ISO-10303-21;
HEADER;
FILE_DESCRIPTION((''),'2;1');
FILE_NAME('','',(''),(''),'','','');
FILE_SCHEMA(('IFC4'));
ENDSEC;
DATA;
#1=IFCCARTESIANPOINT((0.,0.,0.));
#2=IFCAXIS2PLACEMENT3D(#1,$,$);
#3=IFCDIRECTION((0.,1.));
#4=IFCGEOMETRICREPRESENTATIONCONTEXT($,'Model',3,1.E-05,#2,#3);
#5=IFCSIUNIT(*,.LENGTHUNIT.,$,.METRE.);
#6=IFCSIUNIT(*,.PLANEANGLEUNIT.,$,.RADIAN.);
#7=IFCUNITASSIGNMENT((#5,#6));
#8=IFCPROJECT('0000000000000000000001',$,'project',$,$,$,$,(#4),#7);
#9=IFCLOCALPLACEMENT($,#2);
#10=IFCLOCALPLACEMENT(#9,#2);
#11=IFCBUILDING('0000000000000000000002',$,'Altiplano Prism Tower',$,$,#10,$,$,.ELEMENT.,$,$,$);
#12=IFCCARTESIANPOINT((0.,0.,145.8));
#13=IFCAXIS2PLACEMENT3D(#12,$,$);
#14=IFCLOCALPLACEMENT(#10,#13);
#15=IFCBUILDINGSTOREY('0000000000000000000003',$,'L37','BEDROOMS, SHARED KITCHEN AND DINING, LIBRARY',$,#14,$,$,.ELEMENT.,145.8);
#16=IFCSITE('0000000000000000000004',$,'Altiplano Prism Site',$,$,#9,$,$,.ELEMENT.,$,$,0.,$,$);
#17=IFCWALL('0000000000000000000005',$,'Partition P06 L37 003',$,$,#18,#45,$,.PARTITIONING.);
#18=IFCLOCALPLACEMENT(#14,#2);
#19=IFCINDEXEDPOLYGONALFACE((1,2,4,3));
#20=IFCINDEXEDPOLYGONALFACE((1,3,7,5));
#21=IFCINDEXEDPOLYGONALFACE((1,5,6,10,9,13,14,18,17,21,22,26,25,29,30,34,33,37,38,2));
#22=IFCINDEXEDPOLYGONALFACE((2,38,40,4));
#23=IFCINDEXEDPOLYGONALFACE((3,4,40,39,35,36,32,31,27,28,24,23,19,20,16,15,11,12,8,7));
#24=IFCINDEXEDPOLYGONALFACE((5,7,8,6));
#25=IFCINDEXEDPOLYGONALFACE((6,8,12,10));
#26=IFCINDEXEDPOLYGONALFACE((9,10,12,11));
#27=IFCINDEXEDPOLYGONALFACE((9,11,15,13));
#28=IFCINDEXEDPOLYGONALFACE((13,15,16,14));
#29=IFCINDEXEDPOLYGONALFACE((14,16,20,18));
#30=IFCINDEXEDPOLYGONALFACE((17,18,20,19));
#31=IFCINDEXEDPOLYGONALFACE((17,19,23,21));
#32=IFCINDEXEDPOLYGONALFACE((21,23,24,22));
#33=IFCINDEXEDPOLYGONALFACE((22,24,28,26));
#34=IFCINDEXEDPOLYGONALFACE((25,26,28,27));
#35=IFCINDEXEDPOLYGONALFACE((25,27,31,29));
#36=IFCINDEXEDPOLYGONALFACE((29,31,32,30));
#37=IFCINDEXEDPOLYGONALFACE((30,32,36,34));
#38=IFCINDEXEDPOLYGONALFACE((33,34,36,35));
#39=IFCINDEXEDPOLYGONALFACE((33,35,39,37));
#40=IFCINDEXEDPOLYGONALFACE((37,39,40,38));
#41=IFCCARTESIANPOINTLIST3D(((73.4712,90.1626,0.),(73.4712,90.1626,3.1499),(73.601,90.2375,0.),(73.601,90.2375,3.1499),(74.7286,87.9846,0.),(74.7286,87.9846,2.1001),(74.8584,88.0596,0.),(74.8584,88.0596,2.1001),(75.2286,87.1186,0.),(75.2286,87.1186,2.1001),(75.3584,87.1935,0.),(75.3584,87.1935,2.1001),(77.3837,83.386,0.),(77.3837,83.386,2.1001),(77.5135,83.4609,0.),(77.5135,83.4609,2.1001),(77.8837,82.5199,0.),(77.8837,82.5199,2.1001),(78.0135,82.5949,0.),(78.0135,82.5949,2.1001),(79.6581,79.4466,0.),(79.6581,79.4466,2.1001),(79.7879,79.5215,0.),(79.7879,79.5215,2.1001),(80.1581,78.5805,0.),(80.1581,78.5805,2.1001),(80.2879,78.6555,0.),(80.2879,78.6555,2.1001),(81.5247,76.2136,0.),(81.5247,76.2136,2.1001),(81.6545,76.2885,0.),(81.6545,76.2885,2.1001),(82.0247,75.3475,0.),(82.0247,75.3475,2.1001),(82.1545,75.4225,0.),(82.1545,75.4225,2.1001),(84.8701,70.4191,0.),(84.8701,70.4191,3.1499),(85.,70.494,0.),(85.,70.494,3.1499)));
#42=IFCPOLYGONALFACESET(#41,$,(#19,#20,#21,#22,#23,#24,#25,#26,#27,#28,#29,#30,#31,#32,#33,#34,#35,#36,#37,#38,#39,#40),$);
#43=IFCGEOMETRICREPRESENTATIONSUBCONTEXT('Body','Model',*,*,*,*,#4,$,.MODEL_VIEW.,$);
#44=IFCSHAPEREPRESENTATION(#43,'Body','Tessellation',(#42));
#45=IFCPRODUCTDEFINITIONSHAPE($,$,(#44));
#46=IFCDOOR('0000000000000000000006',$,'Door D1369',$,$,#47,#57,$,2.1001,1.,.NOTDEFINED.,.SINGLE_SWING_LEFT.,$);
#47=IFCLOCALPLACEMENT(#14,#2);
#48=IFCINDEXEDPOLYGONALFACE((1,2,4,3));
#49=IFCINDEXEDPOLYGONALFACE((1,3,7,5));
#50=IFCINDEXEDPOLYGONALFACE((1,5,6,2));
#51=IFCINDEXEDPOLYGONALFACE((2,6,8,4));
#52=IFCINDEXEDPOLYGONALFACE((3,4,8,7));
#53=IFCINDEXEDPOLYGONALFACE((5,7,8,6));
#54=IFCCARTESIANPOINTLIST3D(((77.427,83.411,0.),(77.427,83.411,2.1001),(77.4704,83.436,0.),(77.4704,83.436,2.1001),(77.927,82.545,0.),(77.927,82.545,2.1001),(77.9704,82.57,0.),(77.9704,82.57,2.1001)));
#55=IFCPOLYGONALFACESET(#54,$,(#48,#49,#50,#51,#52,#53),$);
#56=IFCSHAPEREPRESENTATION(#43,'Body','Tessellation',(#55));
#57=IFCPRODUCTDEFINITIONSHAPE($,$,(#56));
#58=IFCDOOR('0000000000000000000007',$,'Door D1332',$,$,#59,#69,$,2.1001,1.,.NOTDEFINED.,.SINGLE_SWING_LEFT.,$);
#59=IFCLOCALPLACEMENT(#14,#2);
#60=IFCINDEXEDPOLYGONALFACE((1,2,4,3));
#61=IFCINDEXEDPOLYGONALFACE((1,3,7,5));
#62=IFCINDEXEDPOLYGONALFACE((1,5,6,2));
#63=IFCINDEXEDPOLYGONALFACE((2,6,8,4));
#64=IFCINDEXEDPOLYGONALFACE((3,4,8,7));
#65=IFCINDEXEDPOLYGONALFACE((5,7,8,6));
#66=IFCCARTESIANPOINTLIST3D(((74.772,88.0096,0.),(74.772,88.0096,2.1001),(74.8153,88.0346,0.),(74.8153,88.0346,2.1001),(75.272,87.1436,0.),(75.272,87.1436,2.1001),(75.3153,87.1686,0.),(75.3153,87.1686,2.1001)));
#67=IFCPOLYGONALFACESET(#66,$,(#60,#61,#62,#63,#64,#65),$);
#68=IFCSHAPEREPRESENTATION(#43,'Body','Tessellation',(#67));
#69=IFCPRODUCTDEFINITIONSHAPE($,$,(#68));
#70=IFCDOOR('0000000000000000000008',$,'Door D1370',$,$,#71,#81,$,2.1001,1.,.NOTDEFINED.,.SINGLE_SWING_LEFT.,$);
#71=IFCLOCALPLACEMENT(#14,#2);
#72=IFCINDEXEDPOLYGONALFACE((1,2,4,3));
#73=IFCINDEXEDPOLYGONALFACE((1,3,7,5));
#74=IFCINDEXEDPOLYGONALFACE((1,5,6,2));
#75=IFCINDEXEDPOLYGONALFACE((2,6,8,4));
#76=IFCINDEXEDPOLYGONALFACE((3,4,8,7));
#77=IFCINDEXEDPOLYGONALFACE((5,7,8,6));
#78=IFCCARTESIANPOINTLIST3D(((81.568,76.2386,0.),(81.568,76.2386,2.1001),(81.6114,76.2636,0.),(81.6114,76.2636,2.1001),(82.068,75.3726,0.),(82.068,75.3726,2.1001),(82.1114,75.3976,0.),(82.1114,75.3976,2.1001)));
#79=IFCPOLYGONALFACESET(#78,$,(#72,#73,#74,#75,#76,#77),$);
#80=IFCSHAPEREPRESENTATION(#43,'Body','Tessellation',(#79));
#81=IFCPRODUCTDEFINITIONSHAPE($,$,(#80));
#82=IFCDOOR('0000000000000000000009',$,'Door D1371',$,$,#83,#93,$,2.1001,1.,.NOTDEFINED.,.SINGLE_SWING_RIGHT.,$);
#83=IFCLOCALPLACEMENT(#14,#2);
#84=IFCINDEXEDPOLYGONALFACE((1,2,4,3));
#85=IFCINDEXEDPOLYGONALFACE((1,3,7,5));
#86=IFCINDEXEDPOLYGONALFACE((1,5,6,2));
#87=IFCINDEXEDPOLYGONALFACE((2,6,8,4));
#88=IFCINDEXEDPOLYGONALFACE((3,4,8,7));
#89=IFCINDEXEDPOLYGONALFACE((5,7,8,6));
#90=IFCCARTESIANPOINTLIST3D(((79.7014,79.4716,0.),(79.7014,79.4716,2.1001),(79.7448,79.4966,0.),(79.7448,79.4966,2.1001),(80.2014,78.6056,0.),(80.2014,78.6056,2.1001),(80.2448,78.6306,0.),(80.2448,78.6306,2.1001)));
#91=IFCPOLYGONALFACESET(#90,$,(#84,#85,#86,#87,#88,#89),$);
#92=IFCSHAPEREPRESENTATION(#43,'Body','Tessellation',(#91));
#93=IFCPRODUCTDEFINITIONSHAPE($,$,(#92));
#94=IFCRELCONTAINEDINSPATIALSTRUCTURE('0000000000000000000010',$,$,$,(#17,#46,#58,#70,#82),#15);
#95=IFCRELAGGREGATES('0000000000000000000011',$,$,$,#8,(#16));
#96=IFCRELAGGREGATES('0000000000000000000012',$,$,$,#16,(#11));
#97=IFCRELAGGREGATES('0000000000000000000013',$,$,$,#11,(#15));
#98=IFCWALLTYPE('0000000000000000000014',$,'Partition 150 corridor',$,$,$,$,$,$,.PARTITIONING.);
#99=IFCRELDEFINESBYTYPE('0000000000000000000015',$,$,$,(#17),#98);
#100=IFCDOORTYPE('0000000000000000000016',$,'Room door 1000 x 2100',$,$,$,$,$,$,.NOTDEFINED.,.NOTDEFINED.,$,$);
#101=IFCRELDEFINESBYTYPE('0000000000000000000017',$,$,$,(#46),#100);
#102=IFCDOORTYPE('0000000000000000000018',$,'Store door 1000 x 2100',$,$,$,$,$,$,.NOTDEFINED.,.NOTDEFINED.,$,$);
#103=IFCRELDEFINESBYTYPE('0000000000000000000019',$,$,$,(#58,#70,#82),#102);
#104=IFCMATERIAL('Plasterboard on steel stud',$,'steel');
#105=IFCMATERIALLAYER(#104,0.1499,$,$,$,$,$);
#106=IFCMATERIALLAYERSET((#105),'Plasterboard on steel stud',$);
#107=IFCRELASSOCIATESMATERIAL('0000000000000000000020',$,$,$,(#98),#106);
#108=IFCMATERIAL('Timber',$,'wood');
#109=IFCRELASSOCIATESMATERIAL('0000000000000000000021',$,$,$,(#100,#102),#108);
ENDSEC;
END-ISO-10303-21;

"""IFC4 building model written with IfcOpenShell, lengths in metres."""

from ifc_helpers import new_model, si_unit, direction, frame, frame_2d, origin, place, context, subcontext, project, spatial, rectangle, extrude, material, layer, layer_set, type_object, element, fill, save


model = new_model("IFC4")

# Units and contexts
model_context = context("Model", 3, precision=1e-05, world=origin(), true_north=direction((0.0, 1.0)))
body_context = subcontext(model_context, "Body", "Model", "MODEL_VIEW")
ifc_project = project(units=[si_unit("LENGTHUNIT", "METRE"), si_unit("PLANEANGLEUNIT", "RADIAN")], contexts=[model_context])

# Site, building, storey
site_placement = place(None, origin())
site = spatial("IfcSite", under=ifc_project, at=site_placement, Name="Altiplano Prism Site", CompositionType="ELEMENT", RefElevation=0.0)
building_placement = place(site_placement, origin())
building = spatial("IfcBuilding", under=site, at=building_placement, Name="Altiplano Prism Tower", CompositionType="ELEMENT")
storey_placement = place(building_placement, frame((0.0, 0.0, 145.8)))
storey = spatial("IfcBuildingStorey", under=building, at=storey_placement, Name="L37", Description="BEDROOMS, SHARED KITCHEN AND DINING, LIBRARY", CompositionType="ELEMENT", Elevation=145.8)

# Shared definitions
ifc_material_1 = material(Name="Plasterboard on steel stud", Category="steel")
ifc_material_2 = material(Name="Timber", Category="wood")

# Wall, openings, doors
ifc_layer_1 = layer(ifc_material_1, 0.1499)
ifc_layer_set_1 = layer_set([ifc_layer_1], Name="Plasterboard on steel stud")
wall_type_1 = type_object("IfcWallType", Name="Partition 150 corridor", PredefinedType="PARTITIONING", material=ifc_layer_set_1)
wall_1_placement = place(storey_placement, frame((84.9351, 70.4565, 0.0), z_axis=(0.0, 0.0, 1.0), x_axis=(-0.500002, 0.866024, 0.0)))
wall_1 = element("IfcWall", 1, at=wall_1_placement, inside=storey, type_object=wall_type_1, Name="Partition P06 L37 003", PredefinedType="PARTITIONING", context=body_context, shape_type="SweptSolid", body=[
    extrude(rectangle(XDim=22.7979, YDim=0.1499, at=frame_2d((11.3989, 0.0))), origin(), (0.0, 0.0, 1.0), 3.1499),
])
opening_1_placement = place(wall_1_placement, frame((19.283, 0.0, 0.0)))
opening_1 = element("IfcOpeningElement", 2, at=opening_1_placement, cuts=wall_1, PredefinedType="OPENING", context=body_context, shape_type="SweptSolid", body=[
    extrude(rectangle(XDim=1.0, YDim=2.1001, at=frame_2d((0.5, 1.05))), frame((0.0, 0.0854, 0.0), z_axis=(0.0, -1.0, 0.0), x_axis=(1.0, 0.0, 0.0)), (0.0, 0.0, 1.0), 0.1709),
])
opening_2_placement = place(wall_1_placement, frame((13.9729, 0.0, 0.0)))
opening_2 = element("IfcOpeningElement", 3, at=opening_2_placement, cuts=wall_1, PredefinedType="OPENING", context=body_context, shape_type="SweptSolid", body=[
    extrude(rectangle(XDim=1.0, YDim=2.1001, at=frame_2d((0.5, 1.05))), frame((0.0, 0.0854, 0.0), z_axis=(0.0, -1.0, 0.0), x_axis=(1.0, 0.0, 0.0)), (0.0, 0.0, 1.0), 0.1709),
])
opening_3_placement = place(wall_1_placement, frame((5.6909, 0.0, 0.0)))
opening_3 = element("IfcOpeningElement", 4, at=opening_3_placement, cuts=wall_1, PredefinedType="OPENING", context=body_context, shape_type="SweptSolid", body=[
    extrude(rectangle(XDim=1.0, YDim=2.1001, at=frame_2d((0.5, 1.05))), frame((0.0, 0.0854, 0.0), z_axis=(0.0, -1.0, 0.0), x_axis=(1.0, 0.0, 0.0)), (0.0, 0.0, 1.0), 0.1709),
])
opening_4_placement = place(wall_1_placement, frame((9.4241, 0.0, 0.0)))
opening_4 = element("IfcOpeningElement", 5, at=opening_4_placement, cuts=wall_1, PredefinedType="OPENING", context=body_context, shape_type="SweptSolid", body=[
    extrude(rectangle(XDim=1.0, YDim=2.1001, at=frame_2d((0.5, 1.05))), frame((0.0, 0.0854, 0.0), z_axis=(0.0, -1.0, 0.0), x_axis=(1.0, 0.0, 0.0)), (0.0, 0.0, 1.0), 0.1709),
])
door_type_1 = type_object("IfcDoorType", Name="Room door 1000 x 2100", OperationType="NOTDEFINED", PredefinedType="NOTDEFINED", material=ifc_material_2)
door_1_placement = place(opening_2_placement, origin())
door_1 = element("IfcDoor", 6, at=door_1_placement, inside=storey, type_object=door_type_1, Name="Door D1369", OperationType="SINGLE_SWING_LEFT", OverallHeight=2.1001, OverallWidth=1.0, PredefinedType="NOTDEFINED", context=body_context, shape_type="SweptSolid", body=[
    extrude(rectangle(XDim=1.0, YDim=2.1001, at=frame_2d((0.5, 1.05))), frame((0.0, 0.0249, 0.0), z_axis=(0.0, -1.0, 0.0), x_axis=(1.0, 0.0, 0.0)), (0.0, 0.0, 1.0), 0.05),
])
fill(opening_2, door_1)
door_type_2 = type_object("IfcDoorType", Name="Store door 1000 x 2100", OperationType="NOTDEFINED", PredefinedType="NOTDEFINED", material=ifc_material_2)
door_2_placement = place(opening_1_placement, origin())
door_2 = element("IfcDoor", 7, at=door_2_placement, inside=storey, type_object=door_type_2, Name="Door D1332", OperationType="SINGLE_SWING_LEFT", OverallHeight=2.1001, OverallWidth=1.0, PredefinedType="NOTDEFINED", context=body_context, shape_type="SweptSolid", body=[
    extrude(rectangle(XDim=1.0, YDim=2.1001, at=frame_2d((0.5, 1.05))), frame((0.0, 0.0249, 0.0), z_axis=(0.0, -1.0, 0.0), x_axis=(1.0, 0.0, 0.0)), (0.0, 0.0, 1.0), 0.05),
])
fill(opening_1, door_2)
door_3_placement = place(opening_3_placement, origin())
door_3 = element("IfcDoor", 8, at=door_3_placement, inside=storey, type_object=door_type_2, Name="Door D1370", OperationType="SINGLE_SWING_LEFT", OverallHeight=2.1001, OverallWidth=1.0, PredefinedType="NOTDEFINED", context=body_context, shape_type="SweptSolid", body=[
    extrude(rectangle(XDim=1.0, YDim=2.1001, at=frame_2d((0.5, 1.05))), frame((0.0, 0.0249, 0.0), z_axis=(0.0, -1.0, 0.0), x_axis=(1.0, 0.0, 0.0)), (0.0, 0.0, 1.0), 0.05),
])
fill(opening_3, door_3)
door_4_placement = place(opening_4_placement, origin())
door_4 = element("IfcDoor", 9, at=door_4_placement, inside=storey, type_object=door_type_2, Name="Door D1371", OperationType="SINGLE_SWING_RIGHT", OverallHeight=2.1001, OverallWidth=1.0, PredefinedType="NOTDEFINED", context=body_context, shape_type="SweptSolid", body=[
    extrude(rectangle(XDim=1.0, YDim=2.1001, at=frame_2d((0.5, 1.05))), frame((0.0, 0.0249, 0.0), z_axis=(0.0, -1.0, 0.0), x_axis=(1.0, 0.0, 0.0)), (0.0, 0.0, 1.0), 0.05),
])
fill(opening_4, door_4)

save(model, "model.ifc")
